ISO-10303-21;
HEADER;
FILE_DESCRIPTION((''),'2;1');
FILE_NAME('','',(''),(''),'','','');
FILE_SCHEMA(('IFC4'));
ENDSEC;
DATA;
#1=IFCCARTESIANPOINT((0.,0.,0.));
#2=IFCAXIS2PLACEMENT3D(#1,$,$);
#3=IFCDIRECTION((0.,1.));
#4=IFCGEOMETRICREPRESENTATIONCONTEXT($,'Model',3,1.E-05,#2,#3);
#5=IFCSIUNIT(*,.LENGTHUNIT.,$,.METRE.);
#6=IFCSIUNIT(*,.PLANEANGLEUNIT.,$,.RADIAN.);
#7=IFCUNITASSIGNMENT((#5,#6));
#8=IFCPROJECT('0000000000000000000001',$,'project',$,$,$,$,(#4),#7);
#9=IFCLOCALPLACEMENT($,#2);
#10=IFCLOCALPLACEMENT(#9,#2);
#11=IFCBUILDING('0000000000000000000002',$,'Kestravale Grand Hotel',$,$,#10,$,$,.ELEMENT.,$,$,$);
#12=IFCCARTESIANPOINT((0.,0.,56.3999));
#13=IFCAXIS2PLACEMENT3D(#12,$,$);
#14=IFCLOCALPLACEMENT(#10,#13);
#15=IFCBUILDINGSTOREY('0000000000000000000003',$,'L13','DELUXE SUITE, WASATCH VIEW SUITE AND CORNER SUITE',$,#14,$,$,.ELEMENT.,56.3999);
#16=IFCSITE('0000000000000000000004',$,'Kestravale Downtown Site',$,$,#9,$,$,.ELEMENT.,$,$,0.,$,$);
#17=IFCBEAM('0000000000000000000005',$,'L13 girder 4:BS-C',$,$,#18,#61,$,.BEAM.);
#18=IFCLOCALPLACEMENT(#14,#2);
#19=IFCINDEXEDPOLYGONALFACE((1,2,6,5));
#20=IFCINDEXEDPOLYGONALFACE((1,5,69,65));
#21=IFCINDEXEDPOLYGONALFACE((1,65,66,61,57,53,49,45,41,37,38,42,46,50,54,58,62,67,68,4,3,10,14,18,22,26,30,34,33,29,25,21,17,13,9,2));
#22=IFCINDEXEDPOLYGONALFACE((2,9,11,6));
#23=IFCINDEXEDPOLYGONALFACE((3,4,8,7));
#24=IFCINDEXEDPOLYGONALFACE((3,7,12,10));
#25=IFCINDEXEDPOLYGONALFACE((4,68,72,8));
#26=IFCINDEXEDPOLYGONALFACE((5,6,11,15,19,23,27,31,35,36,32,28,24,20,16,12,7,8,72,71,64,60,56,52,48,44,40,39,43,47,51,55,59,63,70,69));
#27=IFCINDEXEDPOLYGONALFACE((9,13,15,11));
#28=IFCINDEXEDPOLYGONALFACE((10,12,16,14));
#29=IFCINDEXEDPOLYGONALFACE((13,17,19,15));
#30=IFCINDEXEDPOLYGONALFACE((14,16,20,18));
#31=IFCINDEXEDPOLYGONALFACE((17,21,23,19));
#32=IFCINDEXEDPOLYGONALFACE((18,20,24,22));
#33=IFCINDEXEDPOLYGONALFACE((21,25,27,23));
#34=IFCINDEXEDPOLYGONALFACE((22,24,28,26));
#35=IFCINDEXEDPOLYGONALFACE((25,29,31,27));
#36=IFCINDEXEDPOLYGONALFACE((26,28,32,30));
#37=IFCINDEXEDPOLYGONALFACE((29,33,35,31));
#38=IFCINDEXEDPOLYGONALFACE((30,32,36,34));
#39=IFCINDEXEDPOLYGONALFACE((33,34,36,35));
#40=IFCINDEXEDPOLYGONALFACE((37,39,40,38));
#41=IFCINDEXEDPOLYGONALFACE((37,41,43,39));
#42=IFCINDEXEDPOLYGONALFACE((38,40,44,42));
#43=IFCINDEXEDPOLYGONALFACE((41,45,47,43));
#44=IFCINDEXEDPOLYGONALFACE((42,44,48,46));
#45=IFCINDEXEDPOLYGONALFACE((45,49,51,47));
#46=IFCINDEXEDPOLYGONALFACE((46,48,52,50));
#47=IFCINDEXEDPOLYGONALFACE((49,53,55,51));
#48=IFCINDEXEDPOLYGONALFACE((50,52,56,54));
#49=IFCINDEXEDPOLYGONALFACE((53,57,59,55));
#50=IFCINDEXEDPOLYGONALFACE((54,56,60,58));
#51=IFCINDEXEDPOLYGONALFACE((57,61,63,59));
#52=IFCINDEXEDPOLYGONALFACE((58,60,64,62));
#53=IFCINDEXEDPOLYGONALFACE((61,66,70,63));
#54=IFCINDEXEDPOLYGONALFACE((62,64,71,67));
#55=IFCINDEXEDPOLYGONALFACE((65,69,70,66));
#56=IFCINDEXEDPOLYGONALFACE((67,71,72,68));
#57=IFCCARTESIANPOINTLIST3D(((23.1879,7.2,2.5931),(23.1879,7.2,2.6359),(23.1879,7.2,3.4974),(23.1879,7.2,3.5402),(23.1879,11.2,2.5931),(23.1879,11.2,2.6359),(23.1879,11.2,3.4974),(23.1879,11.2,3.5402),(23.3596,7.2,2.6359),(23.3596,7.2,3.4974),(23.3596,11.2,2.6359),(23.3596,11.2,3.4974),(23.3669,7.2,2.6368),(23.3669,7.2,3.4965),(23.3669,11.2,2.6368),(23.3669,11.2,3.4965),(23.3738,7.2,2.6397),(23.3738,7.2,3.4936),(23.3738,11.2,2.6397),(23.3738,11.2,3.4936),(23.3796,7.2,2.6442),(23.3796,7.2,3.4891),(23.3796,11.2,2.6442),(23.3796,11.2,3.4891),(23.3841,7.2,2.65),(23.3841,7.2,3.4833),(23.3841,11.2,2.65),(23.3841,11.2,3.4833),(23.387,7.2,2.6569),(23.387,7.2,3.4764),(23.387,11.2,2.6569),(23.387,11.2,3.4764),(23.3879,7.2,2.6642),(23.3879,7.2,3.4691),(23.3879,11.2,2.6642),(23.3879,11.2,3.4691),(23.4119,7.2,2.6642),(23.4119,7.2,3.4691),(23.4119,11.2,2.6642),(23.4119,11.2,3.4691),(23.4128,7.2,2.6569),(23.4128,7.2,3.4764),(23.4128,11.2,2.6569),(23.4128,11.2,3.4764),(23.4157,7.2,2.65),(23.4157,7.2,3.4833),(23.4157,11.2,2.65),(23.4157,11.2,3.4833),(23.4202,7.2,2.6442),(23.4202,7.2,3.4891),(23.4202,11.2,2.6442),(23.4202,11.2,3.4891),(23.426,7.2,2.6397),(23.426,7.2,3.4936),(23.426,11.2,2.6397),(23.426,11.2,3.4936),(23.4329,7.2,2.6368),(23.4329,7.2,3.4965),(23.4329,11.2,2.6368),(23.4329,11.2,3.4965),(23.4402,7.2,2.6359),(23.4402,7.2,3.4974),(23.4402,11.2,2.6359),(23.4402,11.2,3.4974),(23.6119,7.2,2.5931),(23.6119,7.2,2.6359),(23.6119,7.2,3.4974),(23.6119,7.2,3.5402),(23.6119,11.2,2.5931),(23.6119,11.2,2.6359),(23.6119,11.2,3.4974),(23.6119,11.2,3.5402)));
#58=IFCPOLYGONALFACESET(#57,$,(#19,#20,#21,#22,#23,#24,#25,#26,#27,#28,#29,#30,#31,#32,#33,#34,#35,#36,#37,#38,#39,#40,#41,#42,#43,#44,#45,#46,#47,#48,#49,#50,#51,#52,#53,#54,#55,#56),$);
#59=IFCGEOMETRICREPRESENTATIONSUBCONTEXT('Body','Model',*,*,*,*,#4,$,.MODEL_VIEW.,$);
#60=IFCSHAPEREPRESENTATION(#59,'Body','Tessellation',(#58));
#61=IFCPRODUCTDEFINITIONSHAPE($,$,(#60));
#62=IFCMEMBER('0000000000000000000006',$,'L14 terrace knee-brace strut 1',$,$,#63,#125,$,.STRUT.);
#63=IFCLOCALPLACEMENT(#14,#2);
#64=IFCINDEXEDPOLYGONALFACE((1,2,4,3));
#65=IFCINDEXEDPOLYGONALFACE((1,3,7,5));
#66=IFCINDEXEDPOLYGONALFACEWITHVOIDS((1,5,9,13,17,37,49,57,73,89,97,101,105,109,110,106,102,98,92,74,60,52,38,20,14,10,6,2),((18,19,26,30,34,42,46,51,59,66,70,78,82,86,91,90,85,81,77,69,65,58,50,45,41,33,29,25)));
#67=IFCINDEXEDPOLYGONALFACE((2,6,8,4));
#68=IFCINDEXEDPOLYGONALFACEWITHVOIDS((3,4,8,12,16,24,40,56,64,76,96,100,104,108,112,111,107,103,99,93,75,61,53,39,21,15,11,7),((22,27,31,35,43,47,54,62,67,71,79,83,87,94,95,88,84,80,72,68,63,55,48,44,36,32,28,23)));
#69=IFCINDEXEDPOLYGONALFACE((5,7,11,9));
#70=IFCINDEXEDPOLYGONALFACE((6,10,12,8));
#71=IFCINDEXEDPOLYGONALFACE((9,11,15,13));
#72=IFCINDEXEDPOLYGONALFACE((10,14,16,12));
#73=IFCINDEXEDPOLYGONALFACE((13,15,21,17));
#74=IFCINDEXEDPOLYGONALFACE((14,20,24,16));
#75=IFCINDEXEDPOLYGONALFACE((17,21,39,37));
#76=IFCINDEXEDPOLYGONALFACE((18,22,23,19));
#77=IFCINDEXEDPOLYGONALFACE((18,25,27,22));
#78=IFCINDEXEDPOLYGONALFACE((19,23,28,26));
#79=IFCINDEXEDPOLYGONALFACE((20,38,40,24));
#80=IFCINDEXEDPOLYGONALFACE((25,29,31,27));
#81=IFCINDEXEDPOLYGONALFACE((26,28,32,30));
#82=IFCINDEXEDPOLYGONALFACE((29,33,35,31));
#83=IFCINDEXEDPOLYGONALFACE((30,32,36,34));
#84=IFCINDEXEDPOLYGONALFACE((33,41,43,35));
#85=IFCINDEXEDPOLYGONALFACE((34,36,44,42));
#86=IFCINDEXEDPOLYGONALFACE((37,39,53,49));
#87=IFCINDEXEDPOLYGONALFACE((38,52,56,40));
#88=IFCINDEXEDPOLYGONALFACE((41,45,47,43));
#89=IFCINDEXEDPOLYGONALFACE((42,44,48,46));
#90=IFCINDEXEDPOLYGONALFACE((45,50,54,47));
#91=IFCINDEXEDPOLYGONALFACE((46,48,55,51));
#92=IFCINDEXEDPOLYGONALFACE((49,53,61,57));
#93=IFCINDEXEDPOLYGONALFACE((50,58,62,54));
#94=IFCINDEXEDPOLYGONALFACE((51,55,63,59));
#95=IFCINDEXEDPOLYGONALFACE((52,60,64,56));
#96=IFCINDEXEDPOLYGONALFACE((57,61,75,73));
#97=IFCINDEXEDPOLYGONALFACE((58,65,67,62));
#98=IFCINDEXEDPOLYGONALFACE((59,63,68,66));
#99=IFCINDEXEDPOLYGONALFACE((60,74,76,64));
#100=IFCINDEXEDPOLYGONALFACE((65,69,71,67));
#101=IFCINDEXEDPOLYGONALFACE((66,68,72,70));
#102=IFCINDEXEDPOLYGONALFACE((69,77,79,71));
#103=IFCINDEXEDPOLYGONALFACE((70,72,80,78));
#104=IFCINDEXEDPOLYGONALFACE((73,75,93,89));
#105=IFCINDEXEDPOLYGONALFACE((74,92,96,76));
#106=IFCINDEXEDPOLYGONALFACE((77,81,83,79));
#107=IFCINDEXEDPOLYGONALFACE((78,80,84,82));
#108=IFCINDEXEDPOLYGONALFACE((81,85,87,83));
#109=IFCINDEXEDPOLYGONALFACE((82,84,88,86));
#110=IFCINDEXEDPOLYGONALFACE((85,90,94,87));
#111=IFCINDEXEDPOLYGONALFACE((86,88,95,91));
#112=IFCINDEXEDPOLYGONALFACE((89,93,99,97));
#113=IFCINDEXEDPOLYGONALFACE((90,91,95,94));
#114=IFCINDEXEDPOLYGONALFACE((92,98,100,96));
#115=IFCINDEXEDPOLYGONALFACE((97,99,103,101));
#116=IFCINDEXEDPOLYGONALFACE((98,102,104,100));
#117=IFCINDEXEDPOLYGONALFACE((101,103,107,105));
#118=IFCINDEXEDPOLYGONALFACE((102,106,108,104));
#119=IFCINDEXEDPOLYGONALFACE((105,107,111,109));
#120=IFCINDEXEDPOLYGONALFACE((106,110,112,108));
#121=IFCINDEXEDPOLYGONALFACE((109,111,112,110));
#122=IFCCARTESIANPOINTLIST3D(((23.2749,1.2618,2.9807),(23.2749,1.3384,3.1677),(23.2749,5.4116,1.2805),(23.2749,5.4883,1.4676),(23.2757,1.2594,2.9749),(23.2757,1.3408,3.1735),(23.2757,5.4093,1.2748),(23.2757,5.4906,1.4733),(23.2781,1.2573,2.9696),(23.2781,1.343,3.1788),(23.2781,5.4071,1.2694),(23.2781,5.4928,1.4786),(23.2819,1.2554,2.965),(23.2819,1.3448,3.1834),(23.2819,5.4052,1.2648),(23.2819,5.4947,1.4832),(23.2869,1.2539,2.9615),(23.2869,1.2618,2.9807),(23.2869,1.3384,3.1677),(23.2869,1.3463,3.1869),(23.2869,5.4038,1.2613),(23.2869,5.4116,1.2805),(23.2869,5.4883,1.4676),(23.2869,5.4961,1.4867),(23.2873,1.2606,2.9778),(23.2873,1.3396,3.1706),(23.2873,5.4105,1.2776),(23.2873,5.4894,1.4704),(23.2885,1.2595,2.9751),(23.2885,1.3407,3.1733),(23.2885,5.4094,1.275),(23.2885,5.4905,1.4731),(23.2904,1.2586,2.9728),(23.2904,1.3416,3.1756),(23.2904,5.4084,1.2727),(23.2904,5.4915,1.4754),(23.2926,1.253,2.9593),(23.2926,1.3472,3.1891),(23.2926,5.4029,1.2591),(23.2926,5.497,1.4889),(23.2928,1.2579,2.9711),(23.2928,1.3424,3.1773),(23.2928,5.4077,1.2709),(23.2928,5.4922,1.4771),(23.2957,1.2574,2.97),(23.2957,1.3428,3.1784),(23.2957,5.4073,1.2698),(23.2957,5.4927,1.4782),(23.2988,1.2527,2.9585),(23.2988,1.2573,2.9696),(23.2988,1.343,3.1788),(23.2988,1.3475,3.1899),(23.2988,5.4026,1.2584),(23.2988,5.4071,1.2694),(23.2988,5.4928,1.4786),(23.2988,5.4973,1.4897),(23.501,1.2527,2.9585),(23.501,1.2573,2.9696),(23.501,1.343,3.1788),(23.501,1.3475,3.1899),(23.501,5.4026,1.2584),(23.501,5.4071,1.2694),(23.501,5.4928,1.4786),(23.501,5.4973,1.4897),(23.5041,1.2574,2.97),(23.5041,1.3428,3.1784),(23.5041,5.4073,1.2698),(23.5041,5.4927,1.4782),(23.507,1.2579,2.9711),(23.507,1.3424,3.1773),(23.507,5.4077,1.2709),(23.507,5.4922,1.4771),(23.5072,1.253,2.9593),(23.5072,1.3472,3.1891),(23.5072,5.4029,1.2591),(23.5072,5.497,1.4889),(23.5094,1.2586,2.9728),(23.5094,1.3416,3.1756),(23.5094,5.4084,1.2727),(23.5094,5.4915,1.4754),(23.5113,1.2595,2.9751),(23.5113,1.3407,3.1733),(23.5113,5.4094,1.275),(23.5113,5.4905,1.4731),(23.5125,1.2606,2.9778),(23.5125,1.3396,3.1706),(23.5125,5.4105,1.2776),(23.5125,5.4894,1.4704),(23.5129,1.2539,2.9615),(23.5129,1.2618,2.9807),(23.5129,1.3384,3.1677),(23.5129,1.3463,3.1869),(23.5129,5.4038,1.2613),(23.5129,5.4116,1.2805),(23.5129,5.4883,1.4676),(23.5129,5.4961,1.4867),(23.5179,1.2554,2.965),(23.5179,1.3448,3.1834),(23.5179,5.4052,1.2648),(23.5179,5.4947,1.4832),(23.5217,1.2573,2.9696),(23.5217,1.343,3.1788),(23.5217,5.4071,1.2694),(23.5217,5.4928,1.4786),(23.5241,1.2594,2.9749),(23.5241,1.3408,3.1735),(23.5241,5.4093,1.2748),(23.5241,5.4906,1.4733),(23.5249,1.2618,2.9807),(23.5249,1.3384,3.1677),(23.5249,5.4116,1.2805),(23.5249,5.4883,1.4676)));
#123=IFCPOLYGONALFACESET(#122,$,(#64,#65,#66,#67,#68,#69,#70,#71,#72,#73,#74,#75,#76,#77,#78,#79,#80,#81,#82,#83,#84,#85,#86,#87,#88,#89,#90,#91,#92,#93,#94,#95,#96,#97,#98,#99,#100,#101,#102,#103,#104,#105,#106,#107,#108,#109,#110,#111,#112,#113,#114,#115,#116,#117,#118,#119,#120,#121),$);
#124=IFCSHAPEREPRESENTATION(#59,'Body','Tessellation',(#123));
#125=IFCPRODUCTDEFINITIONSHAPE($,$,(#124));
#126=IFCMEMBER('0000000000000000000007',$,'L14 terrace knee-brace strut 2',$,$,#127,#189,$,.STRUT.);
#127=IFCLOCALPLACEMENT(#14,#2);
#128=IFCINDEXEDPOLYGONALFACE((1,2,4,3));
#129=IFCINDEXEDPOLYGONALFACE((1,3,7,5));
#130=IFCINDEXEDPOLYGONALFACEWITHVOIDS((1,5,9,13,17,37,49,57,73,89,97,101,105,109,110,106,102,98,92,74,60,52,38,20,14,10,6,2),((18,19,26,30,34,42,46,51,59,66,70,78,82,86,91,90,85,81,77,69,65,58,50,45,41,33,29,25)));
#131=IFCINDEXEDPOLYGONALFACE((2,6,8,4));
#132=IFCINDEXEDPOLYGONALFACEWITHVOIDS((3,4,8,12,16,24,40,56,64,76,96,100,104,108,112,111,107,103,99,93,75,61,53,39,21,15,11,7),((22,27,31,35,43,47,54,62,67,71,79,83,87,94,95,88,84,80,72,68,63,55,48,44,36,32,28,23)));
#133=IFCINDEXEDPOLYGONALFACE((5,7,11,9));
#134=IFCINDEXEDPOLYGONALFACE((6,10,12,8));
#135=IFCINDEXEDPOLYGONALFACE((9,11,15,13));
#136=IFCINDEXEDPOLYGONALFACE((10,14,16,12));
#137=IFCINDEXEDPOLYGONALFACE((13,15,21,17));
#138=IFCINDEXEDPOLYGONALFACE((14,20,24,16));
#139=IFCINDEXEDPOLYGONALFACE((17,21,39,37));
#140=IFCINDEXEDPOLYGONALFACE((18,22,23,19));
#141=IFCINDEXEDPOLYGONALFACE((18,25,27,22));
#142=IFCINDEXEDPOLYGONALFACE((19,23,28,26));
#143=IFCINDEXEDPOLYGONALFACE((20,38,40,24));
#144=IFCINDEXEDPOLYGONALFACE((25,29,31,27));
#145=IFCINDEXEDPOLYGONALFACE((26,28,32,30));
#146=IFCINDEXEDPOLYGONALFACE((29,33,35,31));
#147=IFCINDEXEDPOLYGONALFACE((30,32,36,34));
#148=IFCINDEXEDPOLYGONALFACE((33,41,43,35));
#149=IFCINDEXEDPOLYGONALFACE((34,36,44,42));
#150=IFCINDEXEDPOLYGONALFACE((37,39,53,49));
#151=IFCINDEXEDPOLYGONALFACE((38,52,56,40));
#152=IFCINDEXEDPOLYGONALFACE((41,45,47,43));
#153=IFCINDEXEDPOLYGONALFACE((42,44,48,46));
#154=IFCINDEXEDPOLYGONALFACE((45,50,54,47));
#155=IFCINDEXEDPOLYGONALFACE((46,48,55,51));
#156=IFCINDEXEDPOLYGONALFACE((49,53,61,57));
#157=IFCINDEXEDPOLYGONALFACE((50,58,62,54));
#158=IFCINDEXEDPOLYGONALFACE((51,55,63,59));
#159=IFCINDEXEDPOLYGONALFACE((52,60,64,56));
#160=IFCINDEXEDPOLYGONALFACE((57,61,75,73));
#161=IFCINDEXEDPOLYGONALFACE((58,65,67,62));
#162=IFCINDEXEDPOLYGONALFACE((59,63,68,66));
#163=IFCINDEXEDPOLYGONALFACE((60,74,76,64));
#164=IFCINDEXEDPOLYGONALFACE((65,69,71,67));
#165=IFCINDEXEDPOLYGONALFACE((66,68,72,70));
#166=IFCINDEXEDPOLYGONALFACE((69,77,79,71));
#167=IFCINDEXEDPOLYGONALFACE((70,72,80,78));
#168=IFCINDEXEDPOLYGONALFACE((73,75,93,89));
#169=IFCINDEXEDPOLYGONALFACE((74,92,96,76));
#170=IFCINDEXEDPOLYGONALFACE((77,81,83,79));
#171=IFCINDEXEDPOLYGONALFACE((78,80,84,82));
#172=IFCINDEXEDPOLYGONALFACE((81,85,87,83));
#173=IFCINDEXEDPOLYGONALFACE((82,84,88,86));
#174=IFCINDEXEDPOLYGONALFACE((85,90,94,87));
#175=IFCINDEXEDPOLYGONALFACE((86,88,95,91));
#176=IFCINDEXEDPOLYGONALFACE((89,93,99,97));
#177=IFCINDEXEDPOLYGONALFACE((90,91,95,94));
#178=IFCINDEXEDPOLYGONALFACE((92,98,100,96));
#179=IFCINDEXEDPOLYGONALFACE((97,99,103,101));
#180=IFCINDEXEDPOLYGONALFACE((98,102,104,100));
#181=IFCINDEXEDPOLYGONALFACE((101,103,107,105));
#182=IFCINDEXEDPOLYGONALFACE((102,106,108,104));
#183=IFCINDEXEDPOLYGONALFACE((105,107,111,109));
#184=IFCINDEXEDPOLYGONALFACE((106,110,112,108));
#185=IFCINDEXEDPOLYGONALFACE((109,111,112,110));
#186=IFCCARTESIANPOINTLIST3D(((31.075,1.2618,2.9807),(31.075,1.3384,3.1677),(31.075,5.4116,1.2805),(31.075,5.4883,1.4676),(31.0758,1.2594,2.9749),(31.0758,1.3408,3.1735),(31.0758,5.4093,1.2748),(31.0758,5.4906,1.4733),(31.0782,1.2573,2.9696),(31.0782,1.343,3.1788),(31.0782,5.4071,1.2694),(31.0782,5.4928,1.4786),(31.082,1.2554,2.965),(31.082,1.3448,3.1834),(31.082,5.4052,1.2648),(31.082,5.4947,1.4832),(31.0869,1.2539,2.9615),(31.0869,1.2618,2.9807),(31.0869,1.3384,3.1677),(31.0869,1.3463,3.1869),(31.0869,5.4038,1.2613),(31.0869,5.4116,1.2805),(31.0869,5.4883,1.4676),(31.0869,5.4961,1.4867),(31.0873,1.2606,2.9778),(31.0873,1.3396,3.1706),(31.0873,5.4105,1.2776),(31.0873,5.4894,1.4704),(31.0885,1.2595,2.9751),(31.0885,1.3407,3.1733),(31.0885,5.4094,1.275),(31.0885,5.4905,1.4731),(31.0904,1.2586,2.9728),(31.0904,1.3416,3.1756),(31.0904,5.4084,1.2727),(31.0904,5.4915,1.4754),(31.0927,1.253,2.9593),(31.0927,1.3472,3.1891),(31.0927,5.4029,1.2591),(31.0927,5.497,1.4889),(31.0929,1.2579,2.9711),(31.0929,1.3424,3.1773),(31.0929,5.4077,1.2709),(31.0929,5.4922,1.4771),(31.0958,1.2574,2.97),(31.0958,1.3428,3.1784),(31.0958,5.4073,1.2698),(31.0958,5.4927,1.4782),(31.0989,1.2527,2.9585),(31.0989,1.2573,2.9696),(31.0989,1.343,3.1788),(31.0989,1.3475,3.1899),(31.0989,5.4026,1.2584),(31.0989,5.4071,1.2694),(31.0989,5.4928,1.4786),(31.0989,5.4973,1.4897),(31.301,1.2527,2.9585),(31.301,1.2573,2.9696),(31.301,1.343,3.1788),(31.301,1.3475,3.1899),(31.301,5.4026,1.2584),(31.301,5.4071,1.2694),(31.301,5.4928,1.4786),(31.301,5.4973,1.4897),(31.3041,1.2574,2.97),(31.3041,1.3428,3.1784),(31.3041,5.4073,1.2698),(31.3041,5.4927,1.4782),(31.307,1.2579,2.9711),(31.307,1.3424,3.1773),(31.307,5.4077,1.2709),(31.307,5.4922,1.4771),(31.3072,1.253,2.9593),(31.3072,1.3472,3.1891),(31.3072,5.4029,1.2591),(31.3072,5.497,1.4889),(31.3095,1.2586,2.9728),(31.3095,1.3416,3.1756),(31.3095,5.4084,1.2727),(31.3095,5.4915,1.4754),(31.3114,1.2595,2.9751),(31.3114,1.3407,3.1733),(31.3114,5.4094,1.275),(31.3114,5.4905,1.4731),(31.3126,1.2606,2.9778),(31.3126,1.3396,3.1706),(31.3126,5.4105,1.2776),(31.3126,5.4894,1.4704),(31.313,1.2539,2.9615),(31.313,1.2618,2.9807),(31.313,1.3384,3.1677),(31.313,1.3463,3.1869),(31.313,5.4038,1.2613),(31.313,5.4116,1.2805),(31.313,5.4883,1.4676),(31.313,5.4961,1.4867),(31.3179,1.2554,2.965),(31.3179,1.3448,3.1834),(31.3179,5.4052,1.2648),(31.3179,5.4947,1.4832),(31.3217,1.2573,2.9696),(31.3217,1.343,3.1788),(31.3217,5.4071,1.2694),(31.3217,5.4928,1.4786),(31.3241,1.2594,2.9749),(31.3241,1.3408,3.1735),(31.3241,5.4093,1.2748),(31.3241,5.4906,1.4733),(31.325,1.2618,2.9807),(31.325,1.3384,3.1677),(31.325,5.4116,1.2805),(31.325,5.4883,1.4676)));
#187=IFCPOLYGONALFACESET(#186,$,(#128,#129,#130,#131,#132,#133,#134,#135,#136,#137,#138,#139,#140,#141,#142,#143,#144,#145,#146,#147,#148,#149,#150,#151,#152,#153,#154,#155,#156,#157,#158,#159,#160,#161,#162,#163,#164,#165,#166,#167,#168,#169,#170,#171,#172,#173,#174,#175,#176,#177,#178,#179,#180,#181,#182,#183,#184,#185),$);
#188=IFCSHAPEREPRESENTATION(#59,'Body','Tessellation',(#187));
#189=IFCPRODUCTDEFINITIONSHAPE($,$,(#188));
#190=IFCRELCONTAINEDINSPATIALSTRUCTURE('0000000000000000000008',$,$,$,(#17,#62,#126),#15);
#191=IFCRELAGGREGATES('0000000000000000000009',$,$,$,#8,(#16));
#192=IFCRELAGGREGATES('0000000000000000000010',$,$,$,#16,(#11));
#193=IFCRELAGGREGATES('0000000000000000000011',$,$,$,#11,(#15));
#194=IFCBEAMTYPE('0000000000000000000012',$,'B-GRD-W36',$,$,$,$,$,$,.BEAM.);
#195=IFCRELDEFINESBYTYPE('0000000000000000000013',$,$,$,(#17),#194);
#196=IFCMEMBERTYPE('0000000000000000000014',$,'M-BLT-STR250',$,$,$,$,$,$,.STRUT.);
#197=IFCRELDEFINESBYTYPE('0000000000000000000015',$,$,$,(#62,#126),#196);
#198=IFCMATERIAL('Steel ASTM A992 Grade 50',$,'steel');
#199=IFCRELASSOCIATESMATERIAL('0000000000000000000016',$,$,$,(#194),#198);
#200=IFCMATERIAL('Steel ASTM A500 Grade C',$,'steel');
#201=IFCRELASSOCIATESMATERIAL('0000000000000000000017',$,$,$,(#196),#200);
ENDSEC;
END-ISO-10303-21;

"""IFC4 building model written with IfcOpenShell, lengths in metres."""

from ifc_helpers import new_model, si_unit, direction, frame, origin, origin_2d, place, context, subcontext, project, spatial, hollow_rectangle, i_section, extrude, material, material_profile, profile_set, type_object, element, save


model = new_model("IFC4")

# Units and contexts
model_context = context("Model", 3, precision=1e-05, world=origin(), true_north=direction((0.0, 1.0)))
body_context = subcontext(model_context, "Body", "Model", "MODEL_VIEW")
ifc_project = project(units=[si_unit("LENGTHUNIT", "METRE"), si_unit("PLANEANGLEUNIT", "RADIAN")], contexts=[model_context])

# Site, building, storey
site_placement = place(None, origin())
site = spatial("IfcSite", under=ifc_project, at=site_placement, Name="Kestravale Downtown Site", CompositionType="ELEMENT", RefElevation=0.0)
building_placement = place(site_placement, origin())
building = spatial("IfcBuilding", under=site, at=building_placement, Name="Kestravale Grand Hotel", CompositionType="ELEMENT")
storey_placement = place(building_placement, frame((0.0, 0.0, 56.3999)))
storey = spatial("IfcBuildingStorey", under=building, at=storey_placement, Name="L13", Description="DELUXE SUITE, WASATCH VIEW SUITE AND CORNER SUITE", CompositionType="ELEMENT", Elevation=56.3999)

# Beam
ifc_material_1 = material(Name="Steel ASTM A992 Grade 50", Category="steel")
ifc_material_profile_1 = material_profile(ifc_material_1, i_section(OverallWidth=0.4241, OverallDepth=0.947, WebThickness=0.0239, FlangeThickness=0.0427, FilletRadius=0.0283, at=origin_2d()))
ifc_profile_set_1 = profile_set([ifc_material_profile_1], Name="Steel ASTM A992 Grade 50")
beam_type_1 = type_object("IfcBeamType", Name="B-GRD-W36", PredefinedType="BEAM", material=ifc_profile_set_1)
beam_1_placement = place(storey_placement, frame((23.3999, 7.2, 3.0667), z_axis=(0.0, 1.0, 0.0), x_axis=(-1.0, 0.0, 0.0)))
element("IfcBeam", 1, at=beam_1_placement, inside=storey, type_object=beam_type_1, Name="L13 girder 4:BS-C", PredefinedType="BEAM", context=body_context, shape_type="SweptSolid", body=[
    extrude(i_section(OverallWidth=0.4241, OverallDepth=0.947, WebThickness=0.0239, FlangeThickness=0.0427, FilletRadius=0.0283, at=origin_2d()), origin(), (0.0, 0.0, 1.0), 4.0),
])

# Members
ifc_material_2 = material(Name="Steel ASTM A500 Grade C", Category="steel")
ifc_material_profile_2 = material_profile(ifc_material_2, hollow_rectangle(XDim=0.25, YDim=0.25, WallThickness=0.012, InnerFilletRadius=0.012, OuterFilletRadius=0.0239, at=origin_2d()))
ifc_profile_set_2 = profile_set([ifc_material_profile_2], Name="Steel ASTM A500 Grade C")
member_type = type_object("IfcMemberType", Name="M-BLT-STR250", PredefinedType="STRUT", material=ifc_profile_set_2)
for number, where, z_axis, x_axis, name in (
    (2, (23.3999, 5.45, 1.374), (0.0, -0.925351, 0.379112), (1.0, 0.0, 0.0), "L14 terrace knee-brace strut 1"),
    (3, (31.2, 5.45, 1.374), (0.0, -0.925351, 0.379112), (1.0, 0.0, 0.0), "L14 terrace knee-brace strut 2"),
):
    element("IfcMember", number, at=place(storey_placement, frame(where, z_axis=z_axis, x_axis=x_axis)), inside=storey, type_object=member_type, Name=name, PredefinedType="STRUT", context=body_context, shape_type="SweptSolid", body=[
        extrude(hollow_rectangle(XDim=0.25, YDim=0.25, WallThickness=0.012, InnerFilletRadius=0.012, OuterFilletRadius=0.0239, at=origin_2d()), origin(), (0.0, 0.0, 1.0), 4.4846),
    ])

save(model, "model.ifc")
